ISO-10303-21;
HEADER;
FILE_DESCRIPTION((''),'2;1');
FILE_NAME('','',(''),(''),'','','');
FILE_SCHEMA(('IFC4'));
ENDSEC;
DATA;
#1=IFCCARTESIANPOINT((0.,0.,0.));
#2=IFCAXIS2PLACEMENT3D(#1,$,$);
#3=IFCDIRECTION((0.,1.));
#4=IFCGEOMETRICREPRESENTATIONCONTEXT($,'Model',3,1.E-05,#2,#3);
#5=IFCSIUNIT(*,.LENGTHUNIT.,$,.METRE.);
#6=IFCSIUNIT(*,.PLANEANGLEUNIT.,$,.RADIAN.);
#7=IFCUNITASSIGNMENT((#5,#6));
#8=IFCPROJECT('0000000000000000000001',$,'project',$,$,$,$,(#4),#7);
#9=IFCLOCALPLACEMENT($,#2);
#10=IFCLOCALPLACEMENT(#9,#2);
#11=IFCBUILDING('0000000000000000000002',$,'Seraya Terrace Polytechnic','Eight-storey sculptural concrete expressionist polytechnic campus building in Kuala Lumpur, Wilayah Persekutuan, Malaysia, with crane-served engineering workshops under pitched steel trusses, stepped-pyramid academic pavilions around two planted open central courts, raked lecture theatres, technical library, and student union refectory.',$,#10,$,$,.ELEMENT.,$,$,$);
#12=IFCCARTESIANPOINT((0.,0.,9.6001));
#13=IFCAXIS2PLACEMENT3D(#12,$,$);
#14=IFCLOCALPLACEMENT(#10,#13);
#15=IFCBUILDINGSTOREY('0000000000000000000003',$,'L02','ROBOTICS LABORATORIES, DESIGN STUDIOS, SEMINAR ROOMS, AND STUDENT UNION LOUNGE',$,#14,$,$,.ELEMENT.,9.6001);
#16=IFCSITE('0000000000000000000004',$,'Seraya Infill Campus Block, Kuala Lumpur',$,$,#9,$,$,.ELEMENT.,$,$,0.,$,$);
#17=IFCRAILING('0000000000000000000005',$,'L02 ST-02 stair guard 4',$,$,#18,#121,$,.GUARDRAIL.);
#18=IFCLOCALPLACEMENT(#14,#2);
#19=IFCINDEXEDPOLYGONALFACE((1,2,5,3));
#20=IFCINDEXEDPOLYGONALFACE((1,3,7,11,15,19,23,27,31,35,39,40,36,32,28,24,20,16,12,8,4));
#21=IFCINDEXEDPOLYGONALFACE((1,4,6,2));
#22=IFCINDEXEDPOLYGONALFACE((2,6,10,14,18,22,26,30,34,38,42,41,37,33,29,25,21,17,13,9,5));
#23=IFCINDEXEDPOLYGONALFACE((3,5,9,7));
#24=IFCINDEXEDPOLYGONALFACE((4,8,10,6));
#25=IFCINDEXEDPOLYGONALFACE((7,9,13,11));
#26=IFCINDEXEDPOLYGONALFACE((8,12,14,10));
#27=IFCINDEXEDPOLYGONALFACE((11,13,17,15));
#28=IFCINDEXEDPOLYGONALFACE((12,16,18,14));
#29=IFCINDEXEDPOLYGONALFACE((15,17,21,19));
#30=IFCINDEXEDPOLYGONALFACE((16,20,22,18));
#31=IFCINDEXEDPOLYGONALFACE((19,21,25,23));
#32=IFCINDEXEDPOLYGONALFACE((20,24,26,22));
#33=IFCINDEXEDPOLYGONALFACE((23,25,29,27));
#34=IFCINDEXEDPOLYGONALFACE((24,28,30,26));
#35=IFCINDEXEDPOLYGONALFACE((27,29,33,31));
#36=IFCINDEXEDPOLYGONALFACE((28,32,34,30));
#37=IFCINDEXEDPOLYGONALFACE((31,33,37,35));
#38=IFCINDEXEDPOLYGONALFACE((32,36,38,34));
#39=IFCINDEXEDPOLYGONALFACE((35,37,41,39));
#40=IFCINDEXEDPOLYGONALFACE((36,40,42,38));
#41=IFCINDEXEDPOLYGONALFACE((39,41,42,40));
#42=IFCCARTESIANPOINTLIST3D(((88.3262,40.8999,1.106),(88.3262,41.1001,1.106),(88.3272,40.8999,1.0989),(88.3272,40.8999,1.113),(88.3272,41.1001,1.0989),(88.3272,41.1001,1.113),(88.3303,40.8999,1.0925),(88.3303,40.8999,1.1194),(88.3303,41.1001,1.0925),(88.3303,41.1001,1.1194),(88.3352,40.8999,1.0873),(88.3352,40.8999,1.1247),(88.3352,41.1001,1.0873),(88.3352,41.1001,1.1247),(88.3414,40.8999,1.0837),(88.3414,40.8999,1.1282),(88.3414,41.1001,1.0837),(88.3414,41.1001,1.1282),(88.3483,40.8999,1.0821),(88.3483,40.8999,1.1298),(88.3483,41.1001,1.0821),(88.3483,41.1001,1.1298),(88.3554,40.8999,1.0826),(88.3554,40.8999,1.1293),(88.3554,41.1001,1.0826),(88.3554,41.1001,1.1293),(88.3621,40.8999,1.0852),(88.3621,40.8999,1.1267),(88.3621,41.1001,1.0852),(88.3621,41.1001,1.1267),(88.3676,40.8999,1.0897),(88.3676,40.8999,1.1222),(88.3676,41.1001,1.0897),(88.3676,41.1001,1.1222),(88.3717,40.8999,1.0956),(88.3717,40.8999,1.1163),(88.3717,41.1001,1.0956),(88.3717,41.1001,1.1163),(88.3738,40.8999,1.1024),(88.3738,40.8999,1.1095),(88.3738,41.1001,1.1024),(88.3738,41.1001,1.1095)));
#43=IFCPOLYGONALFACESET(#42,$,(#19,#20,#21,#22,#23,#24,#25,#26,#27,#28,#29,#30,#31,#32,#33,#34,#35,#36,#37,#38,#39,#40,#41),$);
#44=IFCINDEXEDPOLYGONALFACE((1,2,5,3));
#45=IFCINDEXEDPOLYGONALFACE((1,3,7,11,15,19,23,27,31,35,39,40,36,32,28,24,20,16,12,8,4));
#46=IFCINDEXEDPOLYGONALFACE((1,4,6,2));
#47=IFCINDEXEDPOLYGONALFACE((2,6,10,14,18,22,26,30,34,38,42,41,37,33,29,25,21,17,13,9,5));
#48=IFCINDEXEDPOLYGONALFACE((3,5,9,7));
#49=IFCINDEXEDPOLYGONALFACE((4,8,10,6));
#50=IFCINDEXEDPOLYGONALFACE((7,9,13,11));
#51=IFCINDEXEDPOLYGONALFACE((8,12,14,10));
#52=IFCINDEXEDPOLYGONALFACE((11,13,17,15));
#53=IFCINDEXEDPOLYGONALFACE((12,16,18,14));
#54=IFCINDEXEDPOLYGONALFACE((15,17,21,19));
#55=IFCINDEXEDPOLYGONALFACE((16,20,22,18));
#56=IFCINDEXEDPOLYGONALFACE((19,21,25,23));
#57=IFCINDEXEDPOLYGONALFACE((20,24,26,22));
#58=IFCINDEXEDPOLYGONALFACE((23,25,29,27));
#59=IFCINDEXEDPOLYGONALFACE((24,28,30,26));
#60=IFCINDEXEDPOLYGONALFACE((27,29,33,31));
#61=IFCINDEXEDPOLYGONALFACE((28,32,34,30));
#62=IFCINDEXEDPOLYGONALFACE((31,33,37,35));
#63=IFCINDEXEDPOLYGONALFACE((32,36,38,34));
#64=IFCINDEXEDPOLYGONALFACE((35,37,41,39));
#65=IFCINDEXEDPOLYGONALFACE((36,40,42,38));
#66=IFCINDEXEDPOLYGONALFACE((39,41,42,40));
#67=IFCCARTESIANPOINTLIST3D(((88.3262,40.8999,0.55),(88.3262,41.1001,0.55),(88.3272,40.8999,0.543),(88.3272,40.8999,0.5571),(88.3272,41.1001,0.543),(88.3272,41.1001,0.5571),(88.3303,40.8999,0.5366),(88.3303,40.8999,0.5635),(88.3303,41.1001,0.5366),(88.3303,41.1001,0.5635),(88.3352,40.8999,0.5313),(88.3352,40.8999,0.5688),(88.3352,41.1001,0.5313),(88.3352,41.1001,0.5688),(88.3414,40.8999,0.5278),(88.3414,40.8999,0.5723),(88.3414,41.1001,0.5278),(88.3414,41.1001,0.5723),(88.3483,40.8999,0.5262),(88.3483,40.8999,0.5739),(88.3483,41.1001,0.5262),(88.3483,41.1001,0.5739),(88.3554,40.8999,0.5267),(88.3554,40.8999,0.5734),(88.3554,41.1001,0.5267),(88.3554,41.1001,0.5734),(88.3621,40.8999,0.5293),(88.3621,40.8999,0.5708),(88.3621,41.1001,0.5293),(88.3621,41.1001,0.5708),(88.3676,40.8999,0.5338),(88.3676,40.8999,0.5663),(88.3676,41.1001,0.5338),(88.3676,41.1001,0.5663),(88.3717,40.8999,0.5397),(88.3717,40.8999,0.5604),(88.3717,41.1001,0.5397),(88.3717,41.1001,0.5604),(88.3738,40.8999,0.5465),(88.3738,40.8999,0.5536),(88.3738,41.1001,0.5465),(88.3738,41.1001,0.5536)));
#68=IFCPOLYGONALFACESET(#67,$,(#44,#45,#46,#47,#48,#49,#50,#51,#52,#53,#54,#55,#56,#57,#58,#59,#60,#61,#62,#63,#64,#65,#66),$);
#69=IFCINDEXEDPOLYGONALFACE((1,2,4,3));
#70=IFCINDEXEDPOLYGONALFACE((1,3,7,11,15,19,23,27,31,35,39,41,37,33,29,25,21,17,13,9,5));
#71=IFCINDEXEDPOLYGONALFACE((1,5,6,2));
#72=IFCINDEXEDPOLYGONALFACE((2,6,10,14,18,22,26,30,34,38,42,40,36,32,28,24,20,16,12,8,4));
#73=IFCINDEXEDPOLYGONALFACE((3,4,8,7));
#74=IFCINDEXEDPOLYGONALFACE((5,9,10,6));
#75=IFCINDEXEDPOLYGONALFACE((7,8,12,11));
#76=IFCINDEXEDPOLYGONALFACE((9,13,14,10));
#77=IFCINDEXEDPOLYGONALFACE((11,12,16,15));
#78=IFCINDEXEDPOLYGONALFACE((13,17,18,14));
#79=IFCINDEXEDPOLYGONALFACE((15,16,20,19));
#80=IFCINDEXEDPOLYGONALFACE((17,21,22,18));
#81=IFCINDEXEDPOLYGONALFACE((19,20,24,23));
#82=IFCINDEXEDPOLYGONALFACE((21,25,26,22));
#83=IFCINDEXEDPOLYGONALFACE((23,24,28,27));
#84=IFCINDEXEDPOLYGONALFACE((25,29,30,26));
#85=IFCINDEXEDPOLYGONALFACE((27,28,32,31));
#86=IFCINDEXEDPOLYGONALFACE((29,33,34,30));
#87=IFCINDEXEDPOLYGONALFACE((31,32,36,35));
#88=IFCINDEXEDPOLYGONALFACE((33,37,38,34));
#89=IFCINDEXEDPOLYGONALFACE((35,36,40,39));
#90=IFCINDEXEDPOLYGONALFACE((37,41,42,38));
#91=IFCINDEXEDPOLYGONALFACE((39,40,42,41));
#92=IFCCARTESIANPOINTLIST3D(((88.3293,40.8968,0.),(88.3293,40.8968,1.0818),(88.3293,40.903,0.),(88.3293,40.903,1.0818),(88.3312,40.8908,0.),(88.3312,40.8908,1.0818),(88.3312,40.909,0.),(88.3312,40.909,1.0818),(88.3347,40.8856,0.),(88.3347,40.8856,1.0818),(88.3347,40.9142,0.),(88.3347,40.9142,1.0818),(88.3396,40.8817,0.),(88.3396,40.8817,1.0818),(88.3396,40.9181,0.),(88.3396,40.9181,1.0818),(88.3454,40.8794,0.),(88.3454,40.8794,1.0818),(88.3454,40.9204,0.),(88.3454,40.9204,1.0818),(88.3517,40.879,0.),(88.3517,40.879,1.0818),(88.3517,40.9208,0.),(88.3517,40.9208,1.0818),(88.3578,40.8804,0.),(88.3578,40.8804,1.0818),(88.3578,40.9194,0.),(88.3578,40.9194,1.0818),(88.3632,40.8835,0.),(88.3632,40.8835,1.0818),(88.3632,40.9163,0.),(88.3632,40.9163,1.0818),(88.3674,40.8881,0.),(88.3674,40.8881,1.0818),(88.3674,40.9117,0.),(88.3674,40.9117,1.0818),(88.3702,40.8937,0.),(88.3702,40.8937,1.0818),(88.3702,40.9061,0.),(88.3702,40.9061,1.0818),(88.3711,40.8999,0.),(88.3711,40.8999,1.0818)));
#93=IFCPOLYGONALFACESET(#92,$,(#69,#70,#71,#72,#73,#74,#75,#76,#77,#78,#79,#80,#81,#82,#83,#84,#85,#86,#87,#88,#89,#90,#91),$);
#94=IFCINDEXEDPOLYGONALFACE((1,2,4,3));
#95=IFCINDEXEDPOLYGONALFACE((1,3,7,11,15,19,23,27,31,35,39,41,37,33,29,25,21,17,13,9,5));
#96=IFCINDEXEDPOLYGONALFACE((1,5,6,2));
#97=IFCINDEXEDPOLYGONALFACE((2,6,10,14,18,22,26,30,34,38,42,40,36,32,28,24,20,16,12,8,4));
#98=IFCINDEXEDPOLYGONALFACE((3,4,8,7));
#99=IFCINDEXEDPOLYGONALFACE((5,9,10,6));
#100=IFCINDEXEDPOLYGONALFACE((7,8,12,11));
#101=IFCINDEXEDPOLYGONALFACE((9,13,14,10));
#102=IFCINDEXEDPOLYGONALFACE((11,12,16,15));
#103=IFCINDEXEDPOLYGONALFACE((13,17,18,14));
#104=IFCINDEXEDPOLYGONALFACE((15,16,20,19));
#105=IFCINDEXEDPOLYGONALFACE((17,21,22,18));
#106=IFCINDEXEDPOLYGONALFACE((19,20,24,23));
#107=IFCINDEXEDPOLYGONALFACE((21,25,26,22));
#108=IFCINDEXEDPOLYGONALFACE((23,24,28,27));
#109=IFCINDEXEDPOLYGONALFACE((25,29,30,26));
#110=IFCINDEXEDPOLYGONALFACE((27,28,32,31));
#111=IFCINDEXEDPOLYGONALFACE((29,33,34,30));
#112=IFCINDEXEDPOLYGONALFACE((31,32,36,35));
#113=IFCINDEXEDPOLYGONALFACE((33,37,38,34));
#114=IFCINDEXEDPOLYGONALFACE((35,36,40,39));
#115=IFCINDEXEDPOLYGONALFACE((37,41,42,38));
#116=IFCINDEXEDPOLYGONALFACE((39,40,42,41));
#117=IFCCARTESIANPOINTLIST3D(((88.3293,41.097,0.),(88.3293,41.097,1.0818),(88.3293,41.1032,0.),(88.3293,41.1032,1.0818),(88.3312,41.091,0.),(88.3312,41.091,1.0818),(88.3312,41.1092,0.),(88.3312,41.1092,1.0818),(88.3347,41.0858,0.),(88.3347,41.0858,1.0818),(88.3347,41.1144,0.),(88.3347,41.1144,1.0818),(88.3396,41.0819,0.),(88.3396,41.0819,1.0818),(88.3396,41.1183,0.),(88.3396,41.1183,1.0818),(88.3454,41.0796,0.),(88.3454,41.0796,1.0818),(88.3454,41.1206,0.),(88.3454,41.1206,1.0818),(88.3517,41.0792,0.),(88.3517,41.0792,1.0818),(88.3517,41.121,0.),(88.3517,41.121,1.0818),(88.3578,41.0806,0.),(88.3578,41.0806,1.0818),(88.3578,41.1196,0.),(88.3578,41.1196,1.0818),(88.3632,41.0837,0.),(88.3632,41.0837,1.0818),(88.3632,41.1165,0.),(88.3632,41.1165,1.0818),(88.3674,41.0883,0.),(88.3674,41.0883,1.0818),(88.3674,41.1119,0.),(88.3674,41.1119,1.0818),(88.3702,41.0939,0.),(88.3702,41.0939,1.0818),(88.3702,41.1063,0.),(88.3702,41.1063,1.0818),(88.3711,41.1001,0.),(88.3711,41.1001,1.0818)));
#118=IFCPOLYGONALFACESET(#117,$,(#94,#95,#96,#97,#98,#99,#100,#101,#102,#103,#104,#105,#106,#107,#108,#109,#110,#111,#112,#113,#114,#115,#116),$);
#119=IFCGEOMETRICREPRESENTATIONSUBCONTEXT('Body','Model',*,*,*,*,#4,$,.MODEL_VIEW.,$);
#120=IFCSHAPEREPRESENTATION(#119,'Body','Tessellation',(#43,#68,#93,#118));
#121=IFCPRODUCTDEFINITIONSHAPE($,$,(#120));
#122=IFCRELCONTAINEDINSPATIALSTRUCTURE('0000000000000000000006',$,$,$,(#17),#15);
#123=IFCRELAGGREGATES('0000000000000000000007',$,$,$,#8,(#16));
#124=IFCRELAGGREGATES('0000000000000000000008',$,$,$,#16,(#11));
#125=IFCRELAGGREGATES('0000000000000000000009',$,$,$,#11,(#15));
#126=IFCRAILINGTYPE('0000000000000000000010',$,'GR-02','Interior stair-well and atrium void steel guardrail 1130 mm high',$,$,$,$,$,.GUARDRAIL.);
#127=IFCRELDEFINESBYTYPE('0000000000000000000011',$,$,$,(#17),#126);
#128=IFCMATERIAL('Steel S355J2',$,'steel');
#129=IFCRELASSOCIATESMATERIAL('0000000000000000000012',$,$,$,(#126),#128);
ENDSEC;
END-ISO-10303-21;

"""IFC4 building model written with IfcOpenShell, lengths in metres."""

from ifc_helpers import new_model, si_unit, direction, frame, origin, origin_2d, place, context, subcontext, project, spatial, circle, extrude, material, type_object, element, save


model = new_model("IFC4")

# Units and contexts
model_context = context("Model", 3, precision=1e-05, world=origin(), true_north=direction((0.0, 1.0)))
body_context = subcontext(model_context, "Body", "Model", "MODEL_VIEW")
ifc_project = project(units=[si_unit("LENGTHUNIT", "METRE"), si_unit("PLANEANGLEUNIT", "RADIAN")], contexts=[model_context])

# Site, building, storey
site_placement = place(None, origin())
site = spatial("IfcSite", under=ifc_project, at=site_placement, Name="Seraya Infill Campus Block, Kuala Lumpur", CompositionType="ELEMENT", RefElevation=0.0)
building_placement = place(site_placement, origin())
building = spatial("IfcBuilding", under=site, at=building_placement, Name="Seraya Terrace Polytechnic", Description="Eight-storey sculptural concrete expressionist polytechnic campus building in Kuala Lumpur, Wilayah Persekutuan, Malaysia, with crane-served engineering workshops under pitched steel trusses, stepped-pyramid academic pavilions around two planted open central courts, raked lecture theatres, technical library, and student union refectory.", CompositionType="ELEMENT")
storey_placement = place(building_placement, frame((0.0, 0.0, 9.6001)))
storey = spatial("IfcBuildingStorey", under=building, at=storey_placement, Name="L02", Description="ROBOTICS LABORATORIES, DESIGN STUDIOS, SEMINAR ROOMS, AND STUDENT UNION LOUNGE", CompositionType="ELEMENT", Elevation=9.6001)

# Railing
ifc_material_1 = material(Name="Steel S355J2", Category="steel")
railing_type_1 = type_object("IfcRailingType", Name="GR-02", Description="Interior stair-well and atrium void steel guardrail 1130 mm high", PredefinedType="GUARDRAIL", material=ifc_material_1)
railing_1_placement = place(storey_placement, frame((88.3501, 40.8999, 0.0)))
element("IfcRailing", 1, at=railing_1_placement, inside=storey, type_object=railing_type_1, Name="L02 ST-02 stair guard 4", PredefinedType="GUARDRAIL", context=body_context, shape_type="SweptSolid", body=[
    extrude(circle(Radius=0.0239, at=origin_2d()), frame((0.0, 0.0, 1.106), z_axis=(0.0, 1.0, 0.0), x_axis=(-1.0, 0.0, 0.0)), (0.0, 0.0, 1.0), 0.2002),
    extrude(circle(Radius=0.0239, at=origin_2d()), frame((0.0, 0.0, 0.55), z_axis=(0.0, 1.0, 0.0), x_axis=(-1.0, 0.0, 0.0)), (0.0, 0.0, 1.0), 0.2002),
    extrude(circle(Radius=0.021, at=origin_2d()), origin(), (0.0, 0.0, 1.0), 1.0818),
    extrude(circle(Radius=0.021, at=origin_2d()), frame((0.0, 0.2002, 0.0)), (0.0, 0.0, 1.0), 1.0818),
])

save(model, "model.ifc")
